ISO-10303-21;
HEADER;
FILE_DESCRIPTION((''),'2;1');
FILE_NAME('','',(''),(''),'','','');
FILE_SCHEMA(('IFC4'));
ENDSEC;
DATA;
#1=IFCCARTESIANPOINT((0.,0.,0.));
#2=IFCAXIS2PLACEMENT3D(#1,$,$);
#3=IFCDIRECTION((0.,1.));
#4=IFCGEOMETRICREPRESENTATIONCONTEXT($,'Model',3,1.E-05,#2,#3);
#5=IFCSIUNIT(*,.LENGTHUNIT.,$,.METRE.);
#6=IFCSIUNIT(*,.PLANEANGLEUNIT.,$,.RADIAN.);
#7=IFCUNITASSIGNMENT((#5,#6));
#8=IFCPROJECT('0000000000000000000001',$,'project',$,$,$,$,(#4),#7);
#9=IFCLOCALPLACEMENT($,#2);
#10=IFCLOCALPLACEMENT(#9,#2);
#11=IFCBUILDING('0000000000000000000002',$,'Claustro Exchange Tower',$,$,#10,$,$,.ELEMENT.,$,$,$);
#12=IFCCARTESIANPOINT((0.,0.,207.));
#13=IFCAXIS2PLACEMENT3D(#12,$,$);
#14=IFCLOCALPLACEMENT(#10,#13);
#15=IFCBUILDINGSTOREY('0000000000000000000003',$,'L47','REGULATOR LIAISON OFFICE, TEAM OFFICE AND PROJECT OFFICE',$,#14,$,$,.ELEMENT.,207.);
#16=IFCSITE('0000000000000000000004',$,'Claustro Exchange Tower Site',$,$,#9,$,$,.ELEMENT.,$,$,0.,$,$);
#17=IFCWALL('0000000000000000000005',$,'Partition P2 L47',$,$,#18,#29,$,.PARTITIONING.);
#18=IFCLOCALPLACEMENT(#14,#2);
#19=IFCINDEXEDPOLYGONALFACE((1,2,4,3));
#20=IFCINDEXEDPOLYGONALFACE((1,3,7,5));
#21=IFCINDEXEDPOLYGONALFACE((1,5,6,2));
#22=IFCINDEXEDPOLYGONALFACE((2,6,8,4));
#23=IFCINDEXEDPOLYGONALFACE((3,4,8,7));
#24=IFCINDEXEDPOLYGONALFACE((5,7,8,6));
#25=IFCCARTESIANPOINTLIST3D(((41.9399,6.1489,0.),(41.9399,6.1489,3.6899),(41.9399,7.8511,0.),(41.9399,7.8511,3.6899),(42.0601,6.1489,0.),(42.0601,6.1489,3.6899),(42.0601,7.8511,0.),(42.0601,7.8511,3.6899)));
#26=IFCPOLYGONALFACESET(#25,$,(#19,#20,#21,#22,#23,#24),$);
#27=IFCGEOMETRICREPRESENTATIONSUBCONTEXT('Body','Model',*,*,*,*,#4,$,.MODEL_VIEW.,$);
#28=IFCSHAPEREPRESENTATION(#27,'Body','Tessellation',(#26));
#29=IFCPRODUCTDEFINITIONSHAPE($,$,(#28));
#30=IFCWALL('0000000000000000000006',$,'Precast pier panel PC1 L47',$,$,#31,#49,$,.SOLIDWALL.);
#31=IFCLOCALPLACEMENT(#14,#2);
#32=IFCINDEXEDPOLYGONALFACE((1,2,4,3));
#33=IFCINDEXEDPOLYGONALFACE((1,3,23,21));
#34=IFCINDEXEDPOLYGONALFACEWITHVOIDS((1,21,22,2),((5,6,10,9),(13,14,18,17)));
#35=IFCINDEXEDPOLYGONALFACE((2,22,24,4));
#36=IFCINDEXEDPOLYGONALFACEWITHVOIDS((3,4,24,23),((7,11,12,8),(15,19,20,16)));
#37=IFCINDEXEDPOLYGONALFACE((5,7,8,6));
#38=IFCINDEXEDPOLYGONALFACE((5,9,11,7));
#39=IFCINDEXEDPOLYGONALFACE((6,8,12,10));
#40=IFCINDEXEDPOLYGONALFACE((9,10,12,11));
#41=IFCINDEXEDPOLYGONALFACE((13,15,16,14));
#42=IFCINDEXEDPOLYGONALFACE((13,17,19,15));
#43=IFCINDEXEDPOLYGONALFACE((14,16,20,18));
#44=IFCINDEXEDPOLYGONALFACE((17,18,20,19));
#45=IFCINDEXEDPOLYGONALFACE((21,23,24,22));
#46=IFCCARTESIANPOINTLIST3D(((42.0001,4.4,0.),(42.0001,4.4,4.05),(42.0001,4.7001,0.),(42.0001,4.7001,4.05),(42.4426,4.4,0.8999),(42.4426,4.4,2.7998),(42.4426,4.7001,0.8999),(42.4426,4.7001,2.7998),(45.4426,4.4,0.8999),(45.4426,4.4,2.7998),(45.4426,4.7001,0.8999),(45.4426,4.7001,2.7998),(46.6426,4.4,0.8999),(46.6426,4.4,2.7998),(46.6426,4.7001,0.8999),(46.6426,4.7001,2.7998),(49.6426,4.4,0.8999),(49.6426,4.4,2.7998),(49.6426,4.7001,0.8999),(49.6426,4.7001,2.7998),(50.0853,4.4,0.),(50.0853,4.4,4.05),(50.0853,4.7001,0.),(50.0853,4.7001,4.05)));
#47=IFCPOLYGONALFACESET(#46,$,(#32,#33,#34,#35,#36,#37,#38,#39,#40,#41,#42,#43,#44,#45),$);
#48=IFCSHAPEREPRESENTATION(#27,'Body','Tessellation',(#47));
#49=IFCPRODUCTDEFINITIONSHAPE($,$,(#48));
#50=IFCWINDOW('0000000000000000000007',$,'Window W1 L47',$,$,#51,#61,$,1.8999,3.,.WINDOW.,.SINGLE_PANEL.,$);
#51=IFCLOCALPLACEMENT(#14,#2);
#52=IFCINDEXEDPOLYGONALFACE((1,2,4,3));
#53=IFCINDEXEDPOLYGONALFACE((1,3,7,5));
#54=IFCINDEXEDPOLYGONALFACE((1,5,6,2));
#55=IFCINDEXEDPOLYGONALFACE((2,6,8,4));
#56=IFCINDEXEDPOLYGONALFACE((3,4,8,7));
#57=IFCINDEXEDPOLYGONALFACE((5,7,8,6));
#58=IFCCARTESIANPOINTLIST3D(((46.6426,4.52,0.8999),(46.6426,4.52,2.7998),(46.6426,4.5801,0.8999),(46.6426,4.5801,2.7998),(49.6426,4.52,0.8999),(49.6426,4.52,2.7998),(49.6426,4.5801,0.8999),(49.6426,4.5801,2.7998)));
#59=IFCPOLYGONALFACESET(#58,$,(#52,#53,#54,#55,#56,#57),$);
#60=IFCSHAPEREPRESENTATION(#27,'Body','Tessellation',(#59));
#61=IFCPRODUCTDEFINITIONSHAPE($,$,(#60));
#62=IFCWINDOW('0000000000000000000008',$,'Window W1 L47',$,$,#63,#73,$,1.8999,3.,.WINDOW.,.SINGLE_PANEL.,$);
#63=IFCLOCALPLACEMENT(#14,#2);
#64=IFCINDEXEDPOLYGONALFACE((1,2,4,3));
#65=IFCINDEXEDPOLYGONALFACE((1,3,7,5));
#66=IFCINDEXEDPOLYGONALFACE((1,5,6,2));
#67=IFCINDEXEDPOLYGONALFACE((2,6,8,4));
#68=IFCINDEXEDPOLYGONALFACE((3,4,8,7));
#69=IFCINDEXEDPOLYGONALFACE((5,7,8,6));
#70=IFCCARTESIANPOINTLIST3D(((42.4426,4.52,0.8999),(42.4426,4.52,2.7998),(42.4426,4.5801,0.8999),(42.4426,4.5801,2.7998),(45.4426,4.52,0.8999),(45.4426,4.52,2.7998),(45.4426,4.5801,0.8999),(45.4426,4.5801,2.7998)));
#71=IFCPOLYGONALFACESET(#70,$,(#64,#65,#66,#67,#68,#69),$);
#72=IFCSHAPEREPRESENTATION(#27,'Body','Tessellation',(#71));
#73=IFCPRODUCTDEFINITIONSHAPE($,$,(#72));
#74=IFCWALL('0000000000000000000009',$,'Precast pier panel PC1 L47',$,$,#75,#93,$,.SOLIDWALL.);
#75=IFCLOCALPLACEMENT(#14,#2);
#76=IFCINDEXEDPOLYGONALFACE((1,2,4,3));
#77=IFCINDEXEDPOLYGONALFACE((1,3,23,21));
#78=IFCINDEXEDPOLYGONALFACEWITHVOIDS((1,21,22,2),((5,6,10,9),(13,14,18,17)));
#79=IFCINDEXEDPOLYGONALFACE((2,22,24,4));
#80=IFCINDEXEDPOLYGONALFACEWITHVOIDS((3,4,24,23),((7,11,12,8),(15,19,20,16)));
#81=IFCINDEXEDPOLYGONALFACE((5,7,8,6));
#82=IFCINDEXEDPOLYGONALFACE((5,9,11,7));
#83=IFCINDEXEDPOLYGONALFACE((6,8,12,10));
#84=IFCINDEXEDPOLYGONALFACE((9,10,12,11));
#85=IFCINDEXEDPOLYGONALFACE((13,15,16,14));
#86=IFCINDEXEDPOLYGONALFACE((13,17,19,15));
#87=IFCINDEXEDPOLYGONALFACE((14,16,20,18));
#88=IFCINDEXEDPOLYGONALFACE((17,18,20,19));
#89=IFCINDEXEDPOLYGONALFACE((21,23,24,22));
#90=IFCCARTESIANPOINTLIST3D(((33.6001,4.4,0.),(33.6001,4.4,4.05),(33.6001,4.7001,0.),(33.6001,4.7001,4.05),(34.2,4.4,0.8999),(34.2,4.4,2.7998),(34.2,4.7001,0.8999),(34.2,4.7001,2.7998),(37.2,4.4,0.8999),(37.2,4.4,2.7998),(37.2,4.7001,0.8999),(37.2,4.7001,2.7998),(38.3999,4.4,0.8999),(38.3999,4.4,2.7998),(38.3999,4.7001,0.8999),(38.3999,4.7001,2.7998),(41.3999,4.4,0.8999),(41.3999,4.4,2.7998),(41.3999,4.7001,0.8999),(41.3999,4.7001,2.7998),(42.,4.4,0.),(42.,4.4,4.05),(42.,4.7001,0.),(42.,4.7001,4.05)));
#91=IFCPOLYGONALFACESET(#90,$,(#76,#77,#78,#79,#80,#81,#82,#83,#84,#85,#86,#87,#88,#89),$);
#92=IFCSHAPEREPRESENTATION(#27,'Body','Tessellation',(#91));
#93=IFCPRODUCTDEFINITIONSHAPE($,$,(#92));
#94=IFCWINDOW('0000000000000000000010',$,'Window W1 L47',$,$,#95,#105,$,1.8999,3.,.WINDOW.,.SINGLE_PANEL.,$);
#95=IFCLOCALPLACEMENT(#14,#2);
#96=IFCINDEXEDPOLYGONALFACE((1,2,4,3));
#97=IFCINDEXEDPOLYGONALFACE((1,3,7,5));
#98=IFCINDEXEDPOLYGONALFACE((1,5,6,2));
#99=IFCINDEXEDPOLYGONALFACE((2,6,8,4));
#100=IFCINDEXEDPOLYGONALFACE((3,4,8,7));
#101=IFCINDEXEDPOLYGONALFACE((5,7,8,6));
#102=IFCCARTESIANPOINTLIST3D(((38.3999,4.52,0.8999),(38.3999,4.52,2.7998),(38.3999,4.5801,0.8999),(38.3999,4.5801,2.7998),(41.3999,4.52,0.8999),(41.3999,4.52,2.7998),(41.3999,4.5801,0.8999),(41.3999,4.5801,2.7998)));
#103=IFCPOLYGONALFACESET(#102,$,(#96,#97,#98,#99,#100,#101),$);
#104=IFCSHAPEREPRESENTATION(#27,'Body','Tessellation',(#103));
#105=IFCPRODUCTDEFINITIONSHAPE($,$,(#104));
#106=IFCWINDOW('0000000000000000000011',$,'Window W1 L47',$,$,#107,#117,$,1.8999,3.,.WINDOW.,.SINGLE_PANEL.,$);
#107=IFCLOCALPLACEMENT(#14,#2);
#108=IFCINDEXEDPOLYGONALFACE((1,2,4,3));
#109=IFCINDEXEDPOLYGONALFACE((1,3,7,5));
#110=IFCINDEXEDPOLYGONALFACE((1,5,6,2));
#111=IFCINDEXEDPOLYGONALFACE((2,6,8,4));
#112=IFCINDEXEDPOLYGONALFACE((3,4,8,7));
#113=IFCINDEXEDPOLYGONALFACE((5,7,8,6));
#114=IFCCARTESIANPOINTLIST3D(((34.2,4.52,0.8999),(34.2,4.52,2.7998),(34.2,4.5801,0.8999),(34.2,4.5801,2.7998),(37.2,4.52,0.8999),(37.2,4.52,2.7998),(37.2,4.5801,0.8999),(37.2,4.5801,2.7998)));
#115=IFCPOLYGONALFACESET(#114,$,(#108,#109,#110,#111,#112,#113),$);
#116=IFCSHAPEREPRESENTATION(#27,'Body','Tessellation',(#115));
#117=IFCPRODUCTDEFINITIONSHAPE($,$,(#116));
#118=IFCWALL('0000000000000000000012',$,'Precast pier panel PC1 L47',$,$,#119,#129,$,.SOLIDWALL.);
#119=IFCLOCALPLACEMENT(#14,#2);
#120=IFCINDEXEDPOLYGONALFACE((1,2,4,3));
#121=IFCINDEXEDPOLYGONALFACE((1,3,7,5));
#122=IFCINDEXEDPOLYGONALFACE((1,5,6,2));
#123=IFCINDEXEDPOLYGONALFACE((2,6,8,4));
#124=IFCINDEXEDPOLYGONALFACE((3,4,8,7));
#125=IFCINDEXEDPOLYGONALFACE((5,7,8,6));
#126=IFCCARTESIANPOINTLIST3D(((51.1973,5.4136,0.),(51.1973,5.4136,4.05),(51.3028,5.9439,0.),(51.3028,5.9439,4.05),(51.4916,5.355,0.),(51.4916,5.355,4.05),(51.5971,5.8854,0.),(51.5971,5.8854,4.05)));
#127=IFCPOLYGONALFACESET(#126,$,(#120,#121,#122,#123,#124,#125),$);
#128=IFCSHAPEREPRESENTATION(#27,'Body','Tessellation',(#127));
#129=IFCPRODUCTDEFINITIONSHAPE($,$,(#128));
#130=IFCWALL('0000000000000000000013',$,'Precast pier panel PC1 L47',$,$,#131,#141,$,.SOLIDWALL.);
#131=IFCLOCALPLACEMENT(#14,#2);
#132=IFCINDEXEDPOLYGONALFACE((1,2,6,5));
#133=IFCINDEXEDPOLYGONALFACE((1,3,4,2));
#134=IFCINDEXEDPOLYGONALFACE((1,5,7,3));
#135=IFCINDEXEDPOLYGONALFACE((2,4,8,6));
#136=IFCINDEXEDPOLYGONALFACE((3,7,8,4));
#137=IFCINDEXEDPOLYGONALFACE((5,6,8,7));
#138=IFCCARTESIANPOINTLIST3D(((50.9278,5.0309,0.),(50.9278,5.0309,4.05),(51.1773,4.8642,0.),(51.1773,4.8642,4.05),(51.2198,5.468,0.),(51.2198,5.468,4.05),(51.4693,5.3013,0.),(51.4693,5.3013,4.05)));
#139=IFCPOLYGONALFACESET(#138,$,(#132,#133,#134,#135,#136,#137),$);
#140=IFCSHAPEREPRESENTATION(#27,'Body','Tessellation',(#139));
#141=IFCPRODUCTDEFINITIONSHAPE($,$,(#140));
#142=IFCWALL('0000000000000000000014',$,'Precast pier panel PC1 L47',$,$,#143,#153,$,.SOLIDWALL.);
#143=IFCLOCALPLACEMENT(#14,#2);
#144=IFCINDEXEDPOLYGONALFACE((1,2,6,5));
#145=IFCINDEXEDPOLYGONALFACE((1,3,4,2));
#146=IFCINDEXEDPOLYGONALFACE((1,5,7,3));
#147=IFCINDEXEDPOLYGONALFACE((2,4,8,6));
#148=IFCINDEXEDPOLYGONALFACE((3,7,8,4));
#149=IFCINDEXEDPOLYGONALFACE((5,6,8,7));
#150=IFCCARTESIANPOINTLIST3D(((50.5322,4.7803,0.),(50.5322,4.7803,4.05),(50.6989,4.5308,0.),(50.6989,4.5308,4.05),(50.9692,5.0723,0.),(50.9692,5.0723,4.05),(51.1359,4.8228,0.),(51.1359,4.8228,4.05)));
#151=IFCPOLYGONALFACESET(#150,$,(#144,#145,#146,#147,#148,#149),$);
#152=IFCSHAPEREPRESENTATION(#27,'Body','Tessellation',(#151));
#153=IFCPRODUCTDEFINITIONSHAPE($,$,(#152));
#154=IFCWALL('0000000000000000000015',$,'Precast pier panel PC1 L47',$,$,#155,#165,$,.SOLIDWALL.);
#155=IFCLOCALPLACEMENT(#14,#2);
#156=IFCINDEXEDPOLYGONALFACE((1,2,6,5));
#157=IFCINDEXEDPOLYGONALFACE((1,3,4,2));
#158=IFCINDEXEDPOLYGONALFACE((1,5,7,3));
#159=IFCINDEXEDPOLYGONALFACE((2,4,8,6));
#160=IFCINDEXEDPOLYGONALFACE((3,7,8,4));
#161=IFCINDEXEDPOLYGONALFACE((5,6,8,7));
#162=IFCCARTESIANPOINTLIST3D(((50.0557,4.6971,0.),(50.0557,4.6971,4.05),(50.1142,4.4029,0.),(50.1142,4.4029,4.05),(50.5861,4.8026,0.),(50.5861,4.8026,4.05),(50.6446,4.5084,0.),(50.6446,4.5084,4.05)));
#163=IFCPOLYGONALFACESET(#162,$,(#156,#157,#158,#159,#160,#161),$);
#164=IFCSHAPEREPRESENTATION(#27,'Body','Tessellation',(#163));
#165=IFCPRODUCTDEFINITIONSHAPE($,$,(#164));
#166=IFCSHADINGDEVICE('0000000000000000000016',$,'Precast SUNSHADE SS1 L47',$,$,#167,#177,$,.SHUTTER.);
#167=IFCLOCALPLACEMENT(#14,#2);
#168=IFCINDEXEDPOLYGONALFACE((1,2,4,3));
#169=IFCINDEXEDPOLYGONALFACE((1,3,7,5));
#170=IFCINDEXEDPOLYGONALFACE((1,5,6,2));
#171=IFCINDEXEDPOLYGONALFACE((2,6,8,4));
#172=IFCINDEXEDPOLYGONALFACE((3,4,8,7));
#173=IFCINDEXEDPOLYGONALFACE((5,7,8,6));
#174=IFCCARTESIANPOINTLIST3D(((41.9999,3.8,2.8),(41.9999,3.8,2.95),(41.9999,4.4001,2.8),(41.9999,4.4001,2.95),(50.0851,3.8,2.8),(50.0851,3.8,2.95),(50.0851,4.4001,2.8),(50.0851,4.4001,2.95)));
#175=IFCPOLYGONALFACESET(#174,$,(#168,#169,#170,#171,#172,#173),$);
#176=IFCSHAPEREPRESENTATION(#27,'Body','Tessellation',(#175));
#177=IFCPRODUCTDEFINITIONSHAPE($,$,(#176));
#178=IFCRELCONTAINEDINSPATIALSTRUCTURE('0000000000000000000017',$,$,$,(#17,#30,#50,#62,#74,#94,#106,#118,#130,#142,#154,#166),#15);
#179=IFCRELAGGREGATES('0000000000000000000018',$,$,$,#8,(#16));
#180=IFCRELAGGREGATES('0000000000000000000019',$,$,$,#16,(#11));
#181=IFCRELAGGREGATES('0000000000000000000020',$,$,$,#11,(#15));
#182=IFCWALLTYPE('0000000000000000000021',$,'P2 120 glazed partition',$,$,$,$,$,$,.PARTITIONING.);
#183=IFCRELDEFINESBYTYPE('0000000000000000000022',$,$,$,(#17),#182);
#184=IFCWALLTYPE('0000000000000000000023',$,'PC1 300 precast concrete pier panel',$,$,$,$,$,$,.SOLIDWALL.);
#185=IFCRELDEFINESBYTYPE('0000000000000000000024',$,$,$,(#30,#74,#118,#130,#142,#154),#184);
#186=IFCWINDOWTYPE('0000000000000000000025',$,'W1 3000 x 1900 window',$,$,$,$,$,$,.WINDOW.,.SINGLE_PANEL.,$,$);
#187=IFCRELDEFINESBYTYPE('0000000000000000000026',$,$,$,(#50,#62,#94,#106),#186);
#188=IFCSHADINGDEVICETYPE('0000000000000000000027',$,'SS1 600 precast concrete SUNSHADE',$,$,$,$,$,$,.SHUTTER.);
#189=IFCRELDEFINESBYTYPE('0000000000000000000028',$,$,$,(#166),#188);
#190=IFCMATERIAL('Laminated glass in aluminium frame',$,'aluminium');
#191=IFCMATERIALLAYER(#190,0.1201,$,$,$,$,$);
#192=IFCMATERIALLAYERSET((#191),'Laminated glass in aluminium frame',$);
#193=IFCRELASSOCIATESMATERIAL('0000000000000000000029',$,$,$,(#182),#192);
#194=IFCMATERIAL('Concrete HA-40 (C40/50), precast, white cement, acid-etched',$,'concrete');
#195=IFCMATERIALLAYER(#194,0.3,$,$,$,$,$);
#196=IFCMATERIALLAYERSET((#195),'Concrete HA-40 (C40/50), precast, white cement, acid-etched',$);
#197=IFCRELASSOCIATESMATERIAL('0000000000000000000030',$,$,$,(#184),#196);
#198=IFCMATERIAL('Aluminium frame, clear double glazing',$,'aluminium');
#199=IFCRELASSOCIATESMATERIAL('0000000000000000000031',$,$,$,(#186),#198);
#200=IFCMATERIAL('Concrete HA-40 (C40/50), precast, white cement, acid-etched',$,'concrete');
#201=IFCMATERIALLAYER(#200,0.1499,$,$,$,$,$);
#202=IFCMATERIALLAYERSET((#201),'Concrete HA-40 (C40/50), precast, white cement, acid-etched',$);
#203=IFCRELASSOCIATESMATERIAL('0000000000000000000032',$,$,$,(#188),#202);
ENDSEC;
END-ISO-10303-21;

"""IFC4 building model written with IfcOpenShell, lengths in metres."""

from ifc_helpers import new_model, si_unit, direction, frame, frame_2d, origin, origin_2d, place, context, subcontext, project, spatial, rectangle, extrude, material, layer, layer_set, type_object, element, fill, save


model = new_model("IFC4")

# Units and contexts
model_context = context("Model", 3, precision=1e-05, world=origin(), true_north=direction((0.0, 1.0)))
body_context = subcontext(model_context, "Body", "Model", "MODEL_VIEW")
ifc_project = project(units=[si_unit("LENGTHUNIT", "METRE"), si_unit("PLANEANGLEUNIT", "RADIAN")], contexts=[model_context])

# Site, building, storey
site_placement = place(None, origin())
site = spatial("IfcSite", under=ifc_project, at=site_placement, Name="Claustro Exchange Tower Site", CompositionType="ELEMENT", RefElevation=0.0)
building_placement = place(site_placement, origin())
building = spatial("IfcBuilding", under=site, at=building_placement, Name="Claustro Exchange Tower", CompositionType="ELEMENT")
storey_placement = place(building_placement, frame((0.0, 0.0, 207.0)))
storey = spatial("IfcBuildingStorey", under=building, at=storey_placement, Name="L47", Description="REGULATOR LIAISON OFFICE, TEAM OFFICE AND PROJECT OFFICE", CompositionType="ELEMENT", Elevation=207.0)

# Wall
ifc_material_1 = material(Name="Laminated glass in aluminium frame", Category="aluminium")
ifc_layer_1 = layer(ifc_material_1, 0.1201)
ifc_layer_set_1 = layer_set([ifc_layer_1], Name="Laminated glass in aluminium frame")
wall_type_1 = type_object("IfcWallType", Name="P2 120 glazed partition", PredefinedType="PARTITIONING", material=ifc_layer_set_1)
wall_1_placement = place(storey_placement, frame((42.0, 6.1489, 0.0), z_axis=(0.0, 0.0, 1.0), x_axis=(0.0, 1.0, 0.0)))
element("IfcWall", 1, at=wall_1_placement, inside=storey, type_object=wall_type_1, Name="Partition P2 L47", PredefinedType="PARTITIONING", context=body_context, shape_type="SweptSolid", body=[
    extrude(rectangle(XDim=1.7021, YDim=0.1201, at=frame_2d((0.8511, 0.0))), origin(), (0.0, 0.0, 1.0), 3.6899),
])

# Walls, openings, windows
ifc_material_2 = material(Name="Concrete HA-40 (C40/50), precast, white cement, acid-etched", Category="concrete")
ifc_layer_2 = layer(ifc_material_2, 0.3)
ifc_layer_set_2 = layer_set([ifc_layer_2], Name="Concrete HA-40 (C40/50), precast, white cement, acid-etched")
wall_type_2 = type_object("IfcWallType", Name="PC1 300 precast concrete pier panel", PredefinedType="SOLIDWALL", material=ifc_layer_set_2)
wall_2_placement = place(storey_placement, frame((50.0852, 4.55, 0.0), z_axis=(0.0, 0.0, 1.0), x_axis=(-1.0, 0.0, 0.0)))
wall_2 = element("IfcWall", 2, at=wall_2_placement, inside=storey, type_object=wall_type_2, Name="Precast pier panel PC1 L47", PredefinedType="SOLIDWALL", context=body_context, shape_type="SweptSolid", body=[
    extrude(rectangle(XDim=8.0852, YDim=0.3, at=frame_2d((4.0425, 0.0))), origin(), (0.0, 0.0, 1.0), 4.05),
])
opening_1_placement = place(wall_2_placement, frame((0.4426, 0.0, 0.8999)))
opening_1 = element("IfcOpeningElement", 3, at=opening_1_placement, cuts=wall_2, PredefinedType="OPENING", context=body_context, shape_type="SweptSolid", body=[
    extrude(rectangle(XDim=3.0, YDim=1.8999, at=frame_2d((1.5, 0.95))), frame((0.0, 0.1599, 0.0), z_axis=(0.0, -1.0, 0.0), x_axis=(1.0, 0.0, 0.0)), (0.0, 0.0, 1.0), 0.3201),
])
opening_2_placement = place(wall_2_placement, frame((4.6426, 0.0, 0.8999)))
opening_2 = element("IfcOpeningElement", 4, at=opening_2_placement, cuts=wall_2, PredefinedType="OPENING", context=body_context, shape_type="SweptSolid", body=[
    extrude(rectangle(XDim=3.0, YDim=1.8999, at=frame_2d((1.5, 0.95))), frame((0.0, 0.1599, 0.0), z_axis=(0.0, -1.0, 0.0), x_axis=(1.0, 0.0, 0.0)), (0.0, 0.0, 1.0), 0.3201),
])
ifc_material_3 = material(Name="Aluminium frame, clear double glazing", Category="aluminium")
window_type = type_object("IfcWindowType", Name="W1 3000 x 1900 window", PartitioningType="SINGLE_PANEL", PredefinedType="WINDOW", material=ifc_material_3)
window_1_placement = place(opening_1_placement, origin())
window_1 = element("IfcWindow", 5, at=window_1_placement, inside=storey, type_object=window_type, Name="Window W1 L47", OverallHeight=1.8999, OverallWidth=3.0, PartitioningType="SINGLE_PANEL", PredefinedType="WINDOW", context=body_context, shape_type="SweptSolid", body=[
    extrude(rectangle(XDim=3.0, YDim=1.8999, at=frame_2d((1.5, 0.95))), frame((0.0, 0.03, 0.0), z_axis=(0.0, -1.0, 0.0), x_axis=(1.0, 0.0, 0.0)), (0.0, 0.0, 1.0), 0.0601),
])
fill(opening_1, window_1)
window_2_placement = place(opening_2_placement, origin())
window_2 = element("IfcWindow", 6, at=window_2_placement, inside=storey, type_object=window_type, Name="Window W1 L47", OverallHeight=1.8999, OverallWidth=3.0, PartitioningType="SINGLE_PANEL", PredefinedType="WINDOW", context=body_context, shape_type="SweptSolid", body=[
    extrude(rectangle(XDim=3.0, YDim=1.8999, at=frame_2d((1.5, 0.95))), frame((0.0, 0.03, 0.0), z_axis=(0.0, -1.0, 0.0), x_axis=(1.0, 0.0, 0.0)), (0.0, 0.0, 1.0), 0.0601),
])
fill(opening_2, window_2)
wall_3_placement = place(storey_placement, frame((42.0, 4.55, 0.0), z_axis=(0.0, 0.0, 1.0), x_axis=(-1.0, 0.0, 0.0)))
wall_3 = element("IfcWall", 7, at=wall_3_placement, inside=storey, type_object=wall_type_2, Name="Precast pier panel PC1 L47", PredefinedType="SOLIDWALL", context=body_context, shape_type="SweptSolid", body=[
    extrude(rectangle(XDim=8.3999, YDim=0.3, at=frame_2d((4.2, 0.0))), origin(), (0.0, 0.0, 1.0), 4.05),
])
opening_3_placement = place(wall_3_placement, frame((0.6001, 0.0, 0.8999)))
opening_3 = element("IfcOpeningElement", 8, at=opening_3_placement, cuts=wall_3, PredefinedType="OPENING", context=body_context, shape_type="SweptSolid", body=[
    extrude(rectangle(XDim=3.0, YDim=1.8999, at=frame_2d((1.5, 0.95))), frame((0.0, 0.1599, 0.0), z_axis=(0.0, -1.0, 0.0), x_axis=(1.0, 0.0, 0.0)), (0.0, 0.0, 1.0), 0.3201),
])
opening_4_placement = place(wall_3_placement, frame((4.8, 0.0, 0.8999)))
opening_4 = element("IfcOpeningElement", 9, at=opening_4_placement, cuts=wall_3, PredefinedType="OPENING", context=body_context, shape_type="SweptSolid", body=[
    extrude(rectangle(XDim=3.0, YDim=1.8999, at=frame_2d((1.5, 0.95))), frame((0.0, 0.1599, 0.0), z_axis=(0.0, -1.0, 0.0), x_axis=(1.0, 0.0, 0.0)), (0.0, 0.0, 1.0), 0.3201),
])
window_3_placement = place(opening_3_placement, origin())
window_3 = element("IfcWindow", 10, at=window_3_placement, inside=storey, type_object=window_type, Name="Window W1 L47", OverallHeight=1.8999, OverallWidth=3.0, PartitioningType="SINGLE_PANEL", PredefinedType="WINDOW", context=body_context, shape_type="SweptSolid", body=[
    extrude(rectangle(XDim=3.0, YDim=1.8999, at=frame_2d((1.5, 0.95))), frame((0.0, 0.03, 0.0), z_axis=(0.0, -1.0, 0.0), x_axis=(1.0, 0.0, 0.0)), (0.0, 0.0, 1.0), 0.0601),
])
fill(opening_3, window_3)
window_4_placement = place(opening_4_placement, origin())
window_4 = element("IfcWindow", 11, at=window_4_placement, inside=storey, type_object=window_type, Name="Window W1 L47", OverallHeight=1.8999, OverallWidth=3.0, PartitioningType="SINGLE_PANEL", PredefinedType="WINDOW", context=body_context, shape_type="SweptSolid", body=[
    extrude(rectangle(XDim=3.0, YDim=1.8999, at=frame_2d((1.5, 0.95))), frame((0.0, 0.03, 0.0), z_axis=(0.0, -1.0, 0.0), x_axis=(1.0, 0.0, 0.0)), (0.0, 0.0, 1.0), 0.0601),
])
fill(opening_4, window_4)

# Walls
wall_4_placement = place(storey_placement, frame((51.45, 5.9148, 0.0), z_axis=(0.0, 0.0, 1.0), x_axis=(-0.195074, -0.980789, 0.0)))
element("IfcWall", 12, at=wall_4_placement, inside=storey, type_object=wall_type_2, Name="Precast pier panel PC1 L47", PredefinedType="SOLIDWALL", context=body_context, shape_type="SweptSolid", body=[
    extrude(rectangle(XDim=0.5408, YDim=0.3, at=frame_2d((0.2705, 0.0))), origin(), (0.0, 0.0, 1.0), 4.05),
])
for number, where, z_axis, x_axis, name in (
    (13, (51.3445, 5.3845, 0.0), (0.0, 0.0, 1.0), (-0.555557, -0.831478, 0.0), "Precast pier panel PC1 L47"),
    (14, (51.0525, 4.9475, 0.0), (0.0, 0.0, 1.0), (-0.831478, -0.555557, 0.0), "Precast pier panel PC1 L47"),
):
    element("IfcWall", number, at=place(storey_placement, frame(where, z_axis=z_axis, x_axis=x_axis)), inside=storey, type_object=wall_type_2, Name=name, PredefinedType="SOLIDWALL", context=body_context, shape_type="SweptSolid", body=[
        extrude(rectangle(XDim=0.5256, YDim=0.3, at=frame_2d((0.2627, 0.0))), origin(), (0.0, 0.0, 1.0), 4.05),
    ])
wall_5_placement = place(storey_placement, frame((50.6155, 4.6555, 0.0), z_axis=(0.0, 0.0, 1.0), x_axis=(-0.980789, -0.195074, 0.0)))
element("IfcWall", 15, at=wall_5_placement, inside=storey, type_object=wall_type_2, Name="Precast pier panel PC1 L47", PredefinedType="SOLIDWALL", context=body_context, shape_type="SweptSolid", body=[
    extrude(rectangle(XDim=0.5408, YDim=0.3, at=frame_2d((0.2705, 0.0))), origin(), (0.0, 0.0, 1.0), 4.05),
])

# Shading device
ifc_material_4 = material(Name="Concrete HA-40 (C40/50), precast, white cement, acid-etched", Category="concrete")
ifc_layer_3 = layer(ifc_material_4, 0.1499)
ifc_layer_set_3 = layer_set([ifc_layer_3], Name="Concrete HA-40 (C40/50), precast, white cement, acid-etched")
shading_device_type = type_object("IfcShadingDeviceType", Name="SS1 600 precast concrete SUNSHADE", PredefinedType="SHUTTER", material=ifc_layer_set_3)
shading_device_1_placement = place(storey_placement, frame((46.0425, 4.1001, 2.8), z_axis=(0.0, 0.0, 1.0), x_axis=(-1.0, 0.0, 0.0)))
element("IfcShadingDevice", 16, at=shading_device_1_placement, inside=storey, type_object=shading_device_type, Name="Precast SUNSHADE SS1 L47", PredefinedType="SHUTTER", context=body_context, shape_type="SweptSolid", body=[
    extrude(rectangle(XDim=8.0852, YDim=0.6001, at=origin_2d()), origin(), (0.0, 0.0, 1.0), 0.1499),
])

save(model, "model.ifc")
